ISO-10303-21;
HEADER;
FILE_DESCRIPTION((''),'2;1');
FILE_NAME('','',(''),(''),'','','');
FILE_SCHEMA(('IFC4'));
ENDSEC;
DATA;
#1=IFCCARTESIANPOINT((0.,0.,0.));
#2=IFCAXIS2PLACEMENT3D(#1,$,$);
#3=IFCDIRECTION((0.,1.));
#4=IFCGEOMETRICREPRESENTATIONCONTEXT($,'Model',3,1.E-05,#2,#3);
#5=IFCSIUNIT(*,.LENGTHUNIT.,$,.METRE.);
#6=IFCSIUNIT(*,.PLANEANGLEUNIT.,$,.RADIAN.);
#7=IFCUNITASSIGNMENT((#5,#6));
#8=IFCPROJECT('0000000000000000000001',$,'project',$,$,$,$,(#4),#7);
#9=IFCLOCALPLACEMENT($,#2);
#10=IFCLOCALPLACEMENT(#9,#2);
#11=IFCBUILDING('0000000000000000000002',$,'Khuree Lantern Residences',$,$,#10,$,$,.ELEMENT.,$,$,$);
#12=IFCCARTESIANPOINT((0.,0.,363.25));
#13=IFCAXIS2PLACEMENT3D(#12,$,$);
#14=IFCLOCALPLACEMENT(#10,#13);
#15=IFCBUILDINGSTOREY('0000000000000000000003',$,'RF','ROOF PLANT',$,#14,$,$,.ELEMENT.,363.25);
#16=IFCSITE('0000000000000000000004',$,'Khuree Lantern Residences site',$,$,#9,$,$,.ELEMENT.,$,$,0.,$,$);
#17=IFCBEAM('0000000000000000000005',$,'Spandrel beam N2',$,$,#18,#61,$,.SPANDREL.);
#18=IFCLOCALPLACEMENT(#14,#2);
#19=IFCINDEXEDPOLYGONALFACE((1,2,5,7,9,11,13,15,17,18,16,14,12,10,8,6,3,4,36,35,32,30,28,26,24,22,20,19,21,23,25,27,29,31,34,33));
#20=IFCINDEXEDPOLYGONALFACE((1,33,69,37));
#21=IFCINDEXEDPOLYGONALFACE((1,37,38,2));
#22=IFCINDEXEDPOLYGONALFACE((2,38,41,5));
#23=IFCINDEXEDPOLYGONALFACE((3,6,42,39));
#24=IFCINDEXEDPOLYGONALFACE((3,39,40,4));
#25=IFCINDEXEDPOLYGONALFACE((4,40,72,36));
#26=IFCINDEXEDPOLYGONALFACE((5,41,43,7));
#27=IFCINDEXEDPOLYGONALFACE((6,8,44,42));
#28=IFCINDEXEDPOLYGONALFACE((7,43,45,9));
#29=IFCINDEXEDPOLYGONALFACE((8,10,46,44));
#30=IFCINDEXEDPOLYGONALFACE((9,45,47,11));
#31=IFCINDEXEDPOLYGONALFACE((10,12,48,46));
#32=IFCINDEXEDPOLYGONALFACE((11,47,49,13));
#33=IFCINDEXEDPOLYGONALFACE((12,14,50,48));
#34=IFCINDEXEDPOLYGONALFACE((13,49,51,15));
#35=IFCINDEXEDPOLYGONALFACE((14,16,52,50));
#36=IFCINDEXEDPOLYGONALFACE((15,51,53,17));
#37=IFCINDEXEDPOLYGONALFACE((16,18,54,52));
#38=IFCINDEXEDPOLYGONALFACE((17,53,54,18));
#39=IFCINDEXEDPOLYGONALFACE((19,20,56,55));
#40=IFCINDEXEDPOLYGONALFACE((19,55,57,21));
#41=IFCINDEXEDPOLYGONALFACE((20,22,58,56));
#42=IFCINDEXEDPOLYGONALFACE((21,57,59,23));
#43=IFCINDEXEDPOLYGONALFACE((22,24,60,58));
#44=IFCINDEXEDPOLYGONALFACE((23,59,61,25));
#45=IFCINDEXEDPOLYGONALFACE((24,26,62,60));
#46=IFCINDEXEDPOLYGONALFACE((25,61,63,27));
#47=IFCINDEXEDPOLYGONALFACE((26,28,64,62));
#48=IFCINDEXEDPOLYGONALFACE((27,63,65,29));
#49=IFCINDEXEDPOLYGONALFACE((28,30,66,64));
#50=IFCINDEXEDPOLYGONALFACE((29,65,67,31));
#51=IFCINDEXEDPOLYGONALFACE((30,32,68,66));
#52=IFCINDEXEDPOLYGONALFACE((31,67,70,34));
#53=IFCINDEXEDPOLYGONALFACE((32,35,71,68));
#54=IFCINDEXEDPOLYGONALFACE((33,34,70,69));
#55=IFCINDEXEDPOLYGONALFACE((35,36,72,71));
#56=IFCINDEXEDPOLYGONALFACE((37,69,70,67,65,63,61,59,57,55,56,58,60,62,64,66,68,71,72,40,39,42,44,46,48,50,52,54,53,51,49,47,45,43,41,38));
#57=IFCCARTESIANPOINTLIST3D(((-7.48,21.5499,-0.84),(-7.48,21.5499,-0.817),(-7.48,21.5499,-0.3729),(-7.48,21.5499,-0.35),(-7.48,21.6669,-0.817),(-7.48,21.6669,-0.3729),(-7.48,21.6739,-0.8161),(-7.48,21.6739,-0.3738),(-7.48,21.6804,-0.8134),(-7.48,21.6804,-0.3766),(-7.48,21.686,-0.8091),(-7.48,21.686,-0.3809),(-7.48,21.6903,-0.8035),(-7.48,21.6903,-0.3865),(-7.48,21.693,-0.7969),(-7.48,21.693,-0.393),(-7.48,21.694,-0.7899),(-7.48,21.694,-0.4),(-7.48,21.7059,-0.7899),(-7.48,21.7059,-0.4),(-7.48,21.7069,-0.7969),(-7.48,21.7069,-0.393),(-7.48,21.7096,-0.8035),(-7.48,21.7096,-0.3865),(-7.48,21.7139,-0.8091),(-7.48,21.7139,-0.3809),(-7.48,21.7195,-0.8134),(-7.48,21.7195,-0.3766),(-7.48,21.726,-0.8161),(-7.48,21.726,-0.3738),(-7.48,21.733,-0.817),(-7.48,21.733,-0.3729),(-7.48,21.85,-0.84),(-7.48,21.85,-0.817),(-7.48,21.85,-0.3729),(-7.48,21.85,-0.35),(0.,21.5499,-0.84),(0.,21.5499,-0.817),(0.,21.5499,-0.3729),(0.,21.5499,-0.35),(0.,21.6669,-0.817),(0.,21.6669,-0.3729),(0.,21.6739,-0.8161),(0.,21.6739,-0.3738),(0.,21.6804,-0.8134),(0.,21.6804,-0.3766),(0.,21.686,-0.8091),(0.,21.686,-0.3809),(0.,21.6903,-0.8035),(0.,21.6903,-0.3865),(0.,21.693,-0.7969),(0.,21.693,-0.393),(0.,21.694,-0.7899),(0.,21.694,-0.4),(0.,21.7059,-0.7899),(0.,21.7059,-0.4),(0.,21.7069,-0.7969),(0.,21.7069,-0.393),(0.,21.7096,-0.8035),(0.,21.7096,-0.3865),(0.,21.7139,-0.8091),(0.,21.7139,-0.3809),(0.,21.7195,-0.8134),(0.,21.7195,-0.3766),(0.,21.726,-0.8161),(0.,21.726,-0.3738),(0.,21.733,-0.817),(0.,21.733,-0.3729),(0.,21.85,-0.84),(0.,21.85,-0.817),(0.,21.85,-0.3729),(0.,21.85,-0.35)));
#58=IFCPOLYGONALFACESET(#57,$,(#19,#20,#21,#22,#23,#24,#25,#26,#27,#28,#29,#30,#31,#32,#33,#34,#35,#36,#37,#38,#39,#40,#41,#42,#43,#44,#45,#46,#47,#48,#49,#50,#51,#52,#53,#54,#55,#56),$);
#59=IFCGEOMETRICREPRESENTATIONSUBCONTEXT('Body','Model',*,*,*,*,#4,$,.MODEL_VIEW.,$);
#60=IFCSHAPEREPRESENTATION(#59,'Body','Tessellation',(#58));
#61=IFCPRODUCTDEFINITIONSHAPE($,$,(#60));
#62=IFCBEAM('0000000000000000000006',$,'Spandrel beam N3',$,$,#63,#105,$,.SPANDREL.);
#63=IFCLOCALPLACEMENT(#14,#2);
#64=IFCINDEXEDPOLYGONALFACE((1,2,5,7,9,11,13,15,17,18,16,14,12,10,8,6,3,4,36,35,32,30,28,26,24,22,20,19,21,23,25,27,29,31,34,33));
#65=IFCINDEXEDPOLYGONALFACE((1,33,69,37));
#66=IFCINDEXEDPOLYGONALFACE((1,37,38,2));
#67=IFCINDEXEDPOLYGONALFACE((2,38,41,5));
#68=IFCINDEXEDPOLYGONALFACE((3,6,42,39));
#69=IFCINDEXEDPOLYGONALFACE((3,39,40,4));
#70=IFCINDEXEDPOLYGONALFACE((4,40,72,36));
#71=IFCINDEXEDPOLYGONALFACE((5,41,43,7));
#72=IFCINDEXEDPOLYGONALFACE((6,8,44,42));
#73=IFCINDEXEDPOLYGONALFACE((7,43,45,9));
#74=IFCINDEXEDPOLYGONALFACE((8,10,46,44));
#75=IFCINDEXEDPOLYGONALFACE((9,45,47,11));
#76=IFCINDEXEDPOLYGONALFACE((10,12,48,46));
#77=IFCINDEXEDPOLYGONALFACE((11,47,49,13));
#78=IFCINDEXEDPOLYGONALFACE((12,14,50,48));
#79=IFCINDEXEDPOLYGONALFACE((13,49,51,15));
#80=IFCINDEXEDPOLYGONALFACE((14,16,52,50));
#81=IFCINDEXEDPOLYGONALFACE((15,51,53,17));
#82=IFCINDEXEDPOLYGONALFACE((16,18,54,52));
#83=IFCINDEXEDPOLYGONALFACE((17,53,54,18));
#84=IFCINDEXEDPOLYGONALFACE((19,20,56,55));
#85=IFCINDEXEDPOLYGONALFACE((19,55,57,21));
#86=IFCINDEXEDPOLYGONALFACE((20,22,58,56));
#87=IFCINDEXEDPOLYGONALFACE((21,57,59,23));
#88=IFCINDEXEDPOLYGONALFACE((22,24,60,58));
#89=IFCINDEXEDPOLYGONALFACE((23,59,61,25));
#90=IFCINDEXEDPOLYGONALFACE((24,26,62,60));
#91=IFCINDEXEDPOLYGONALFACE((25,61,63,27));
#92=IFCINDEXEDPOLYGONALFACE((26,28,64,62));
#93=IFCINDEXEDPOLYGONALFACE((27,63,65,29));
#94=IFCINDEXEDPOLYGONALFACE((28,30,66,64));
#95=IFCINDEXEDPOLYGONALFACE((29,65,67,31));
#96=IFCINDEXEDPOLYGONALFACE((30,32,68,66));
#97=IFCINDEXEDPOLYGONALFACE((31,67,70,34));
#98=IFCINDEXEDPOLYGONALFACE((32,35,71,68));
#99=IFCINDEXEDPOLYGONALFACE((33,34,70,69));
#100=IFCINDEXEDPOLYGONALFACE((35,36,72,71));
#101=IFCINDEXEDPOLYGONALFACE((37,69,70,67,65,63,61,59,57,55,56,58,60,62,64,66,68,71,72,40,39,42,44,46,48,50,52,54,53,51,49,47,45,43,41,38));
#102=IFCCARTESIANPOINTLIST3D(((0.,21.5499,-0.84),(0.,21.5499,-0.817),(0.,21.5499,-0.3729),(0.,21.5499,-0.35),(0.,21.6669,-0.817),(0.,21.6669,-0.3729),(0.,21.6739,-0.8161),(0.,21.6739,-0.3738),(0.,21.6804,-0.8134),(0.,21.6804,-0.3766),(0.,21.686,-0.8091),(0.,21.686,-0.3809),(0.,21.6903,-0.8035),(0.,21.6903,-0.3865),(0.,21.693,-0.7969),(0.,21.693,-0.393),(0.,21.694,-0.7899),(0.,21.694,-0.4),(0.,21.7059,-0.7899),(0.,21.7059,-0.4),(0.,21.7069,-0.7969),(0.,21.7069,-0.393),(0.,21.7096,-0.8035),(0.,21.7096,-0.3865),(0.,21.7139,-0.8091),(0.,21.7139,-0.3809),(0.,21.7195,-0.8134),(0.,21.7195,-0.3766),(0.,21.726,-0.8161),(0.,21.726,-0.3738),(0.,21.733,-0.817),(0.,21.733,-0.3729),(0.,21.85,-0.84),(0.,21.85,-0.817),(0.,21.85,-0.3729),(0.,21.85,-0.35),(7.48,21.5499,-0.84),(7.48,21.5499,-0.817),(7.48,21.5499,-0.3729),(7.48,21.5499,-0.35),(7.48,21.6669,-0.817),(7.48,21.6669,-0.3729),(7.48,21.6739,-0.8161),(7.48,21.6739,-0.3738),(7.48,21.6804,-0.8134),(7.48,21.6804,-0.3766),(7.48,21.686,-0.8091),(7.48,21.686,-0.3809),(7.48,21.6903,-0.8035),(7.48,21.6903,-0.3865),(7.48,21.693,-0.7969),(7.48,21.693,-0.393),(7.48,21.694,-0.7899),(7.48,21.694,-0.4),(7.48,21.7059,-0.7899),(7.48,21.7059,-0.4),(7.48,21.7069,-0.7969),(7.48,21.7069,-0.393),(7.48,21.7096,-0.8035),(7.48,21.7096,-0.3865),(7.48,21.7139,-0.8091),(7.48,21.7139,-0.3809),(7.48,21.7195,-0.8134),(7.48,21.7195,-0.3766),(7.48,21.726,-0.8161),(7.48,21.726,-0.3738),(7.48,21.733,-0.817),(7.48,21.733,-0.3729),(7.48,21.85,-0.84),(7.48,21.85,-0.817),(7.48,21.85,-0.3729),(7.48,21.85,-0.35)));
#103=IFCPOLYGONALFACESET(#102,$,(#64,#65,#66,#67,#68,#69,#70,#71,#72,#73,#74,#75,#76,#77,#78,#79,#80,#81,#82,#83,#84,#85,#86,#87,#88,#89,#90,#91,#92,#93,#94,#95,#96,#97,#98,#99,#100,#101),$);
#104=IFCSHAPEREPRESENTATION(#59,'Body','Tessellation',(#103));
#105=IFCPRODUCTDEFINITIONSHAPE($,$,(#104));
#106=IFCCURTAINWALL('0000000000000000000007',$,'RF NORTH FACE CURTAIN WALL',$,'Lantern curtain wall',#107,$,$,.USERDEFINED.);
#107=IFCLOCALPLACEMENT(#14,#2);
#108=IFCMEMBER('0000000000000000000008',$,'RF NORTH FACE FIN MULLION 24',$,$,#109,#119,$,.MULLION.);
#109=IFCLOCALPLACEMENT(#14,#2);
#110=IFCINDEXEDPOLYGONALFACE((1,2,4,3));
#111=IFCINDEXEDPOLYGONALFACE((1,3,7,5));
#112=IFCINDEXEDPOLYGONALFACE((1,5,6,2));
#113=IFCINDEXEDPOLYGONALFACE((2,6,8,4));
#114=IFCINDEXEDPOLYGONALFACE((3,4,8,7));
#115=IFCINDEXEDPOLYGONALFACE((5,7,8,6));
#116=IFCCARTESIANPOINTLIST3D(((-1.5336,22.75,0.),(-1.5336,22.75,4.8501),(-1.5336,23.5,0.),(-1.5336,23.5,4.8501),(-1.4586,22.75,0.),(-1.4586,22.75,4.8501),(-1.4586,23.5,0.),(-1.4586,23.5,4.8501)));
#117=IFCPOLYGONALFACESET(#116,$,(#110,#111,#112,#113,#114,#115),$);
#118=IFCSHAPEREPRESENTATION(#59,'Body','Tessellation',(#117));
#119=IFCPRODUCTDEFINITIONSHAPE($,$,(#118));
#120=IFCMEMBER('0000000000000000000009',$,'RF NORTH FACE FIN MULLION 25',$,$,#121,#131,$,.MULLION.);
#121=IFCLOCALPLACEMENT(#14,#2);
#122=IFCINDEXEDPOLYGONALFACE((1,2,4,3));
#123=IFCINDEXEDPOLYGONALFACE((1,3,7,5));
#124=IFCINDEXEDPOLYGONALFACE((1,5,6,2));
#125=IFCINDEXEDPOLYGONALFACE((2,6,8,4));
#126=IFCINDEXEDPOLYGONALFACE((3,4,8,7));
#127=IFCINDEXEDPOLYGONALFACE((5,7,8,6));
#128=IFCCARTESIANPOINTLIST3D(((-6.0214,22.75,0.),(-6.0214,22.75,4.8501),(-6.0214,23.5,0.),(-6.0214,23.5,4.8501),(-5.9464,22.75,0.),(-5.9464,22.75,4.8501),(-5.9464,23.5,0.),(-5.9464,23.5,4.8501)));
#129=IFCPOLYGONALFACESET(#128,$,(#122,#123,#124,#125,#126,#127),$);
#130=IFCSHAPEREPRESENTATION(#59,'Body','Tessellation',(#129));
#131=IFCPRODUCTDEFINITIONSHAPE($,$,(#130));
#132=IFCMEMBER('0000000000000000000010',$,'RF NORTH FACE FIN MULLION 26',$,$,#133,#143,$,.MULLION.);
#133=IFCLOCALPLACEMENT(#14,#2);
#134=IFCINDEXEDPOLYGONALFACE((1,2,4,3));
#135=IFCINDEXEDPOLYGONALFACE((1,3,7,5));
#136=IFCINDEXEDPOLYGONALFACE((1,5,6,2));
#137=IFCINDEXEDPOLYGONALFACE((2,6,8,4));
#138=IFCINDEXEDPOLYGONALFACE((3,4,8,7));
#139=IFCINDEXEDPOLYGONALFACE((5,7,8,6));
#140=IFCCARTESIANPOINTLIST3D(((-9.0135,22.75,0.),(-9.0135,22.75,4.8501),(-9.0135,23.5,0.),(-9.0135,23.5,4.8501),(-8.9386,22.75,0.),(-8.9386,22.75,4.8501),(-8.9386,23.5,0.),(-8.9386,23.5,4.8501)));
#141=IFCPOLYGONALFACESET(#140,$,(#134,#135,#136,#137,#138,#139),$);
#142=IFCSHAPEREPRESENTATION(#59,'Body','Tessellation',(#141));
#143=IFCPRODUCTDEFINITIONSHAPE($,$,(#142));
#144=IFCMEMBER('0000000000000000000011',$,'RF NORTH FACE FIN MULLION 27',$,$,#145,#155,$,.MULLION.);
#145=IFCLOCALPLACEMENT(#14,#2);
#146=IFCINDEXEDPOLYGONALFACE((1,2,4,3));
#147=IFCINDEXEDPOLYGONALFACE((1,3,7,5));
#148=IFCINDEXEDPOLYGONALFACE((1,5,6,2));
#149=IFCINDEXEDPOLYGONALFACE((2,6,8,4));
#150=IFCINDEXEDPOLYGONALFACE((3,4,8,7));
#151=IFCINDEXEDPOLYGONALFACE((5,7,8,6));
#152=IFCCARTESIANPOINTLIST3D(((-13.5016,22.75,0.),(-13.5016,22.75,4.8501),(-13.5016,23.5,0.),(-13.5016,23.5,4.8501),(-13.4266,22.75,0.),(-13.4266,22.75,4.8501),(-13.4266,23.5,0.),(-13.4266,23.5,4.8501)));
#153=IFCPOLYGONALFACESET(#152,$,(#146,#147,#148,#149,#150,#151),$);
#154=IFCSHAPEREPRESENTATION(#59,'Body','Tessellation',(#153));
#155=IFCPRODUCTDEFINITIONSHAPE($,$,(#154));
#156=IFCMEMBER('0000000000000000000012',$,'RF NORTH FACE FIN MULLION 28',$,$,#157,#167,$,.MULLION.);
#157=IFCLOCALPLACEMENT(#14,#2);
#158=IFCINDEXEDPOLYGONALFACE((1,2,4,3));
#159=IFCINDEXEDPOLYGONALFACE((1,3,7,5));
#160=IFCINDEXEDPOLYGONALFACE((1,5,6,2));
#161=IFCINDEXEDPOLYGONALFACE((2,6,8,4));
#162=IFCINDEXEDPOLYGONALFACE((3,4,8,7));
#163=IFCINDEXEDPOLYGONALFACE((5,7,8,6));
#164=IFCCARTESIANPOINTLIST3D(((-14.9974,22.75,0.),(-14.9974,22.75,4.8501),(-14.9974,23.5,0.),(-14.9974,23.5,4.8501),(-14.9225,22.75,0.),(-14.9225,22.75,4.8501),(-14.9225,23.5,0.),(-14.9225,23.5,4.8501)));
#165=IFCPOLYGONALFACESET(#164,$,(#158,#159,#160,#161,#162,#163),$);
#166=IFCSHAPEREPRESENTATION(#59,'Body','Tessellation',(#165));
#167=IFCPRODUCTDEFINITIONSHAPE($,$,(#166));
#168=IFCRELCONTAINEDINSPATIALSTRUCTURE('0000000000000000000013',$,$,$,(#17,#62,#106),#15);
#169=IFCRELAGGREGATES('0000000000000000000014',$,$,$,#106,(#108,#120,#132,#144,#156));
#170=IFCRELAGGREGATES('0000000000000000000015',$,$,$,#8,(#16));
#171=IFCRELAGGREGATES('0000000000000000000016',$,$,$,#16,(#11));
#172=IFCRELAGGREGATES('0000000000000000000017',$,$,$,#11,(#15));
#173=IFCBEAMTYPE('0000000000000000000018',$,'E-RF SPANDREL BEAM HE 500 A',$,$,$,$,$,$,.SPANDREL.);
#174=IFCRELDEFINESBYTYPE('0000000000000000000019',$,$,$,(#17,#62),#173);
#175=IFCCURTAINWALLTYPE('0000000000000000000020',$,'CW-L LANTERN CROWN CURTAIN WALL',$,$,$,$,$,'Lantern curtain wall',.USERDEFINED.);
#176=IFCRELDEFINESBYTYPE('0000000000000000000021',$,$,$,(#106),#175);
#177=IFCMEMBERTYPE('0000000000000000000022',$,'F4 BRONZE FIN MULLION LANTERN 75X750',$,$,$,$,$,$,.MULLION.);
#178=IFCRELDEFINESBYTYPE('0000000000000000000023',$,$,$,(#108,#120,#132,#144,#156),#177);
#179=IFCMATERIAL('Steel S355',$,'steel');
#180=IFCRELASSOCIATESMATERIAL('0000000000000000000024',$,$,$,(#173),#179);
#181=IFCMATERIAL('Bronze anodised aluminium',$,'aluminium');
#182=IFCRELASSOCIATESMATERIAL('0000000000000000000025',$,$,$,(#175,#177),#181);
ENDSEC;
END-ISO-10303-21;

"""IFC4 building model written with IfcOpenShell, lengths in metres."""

from ifc_helpers import new_model, si_unit, direction, frame, origin, origin_2d, place, context, subcontext, project, spatial, rectangle, i_section, extrude, material, material_profile, profile_set, type_object, element, aggregate, save


model = new_model("IFC4")

# Units and contexts
model_context = context("Model", 3, precision=1e-05, world=origin(), true_north=direction((0.0, 1.0)))
body_context = subcontext(model_context, "Body", "Model", "MODEL_VIEW")
ifc_project = project(units=[si_unit("LENGTHUNIT", "METRE"), si_unit("PLANEANGLEUNIT", "RADIAN")], contexts=[model_context])

# Site, building, storey
site_placement = place(None, origin())
site = spatial("IfcSite", under=ifc_project, at=site_placement, Name="Khuree Lantern Residences site", CompositionType="ELEMENT", RefElevation=0.0)
building_placement = place(site_placement, origin())
building = spatial("IfcBuilding", under=site, at=building_placement, Name="Khuree Lantern Residences", CompositionType="ELEMENT")
storey_placement = place(building_placement, frame((0.0, 0.0, 363.25)))
storey = spatial("IfcBuildingStorey", under=building, at=storey_placement, Name="RF", Description="ROOF PLANT", CompositionType="ELEMENT", Elevation=363.25)

# Shared definitions
ifc_material_1 = material(Name="Steel S355", Category="steel")

# Beams
ifc_material_profile_1 = material_profile(ifc_material_1, i_section(OverallWidth=0.3, OverallDepth=0.49, WebThickness=0.012, FlangeThickness=0.0229, FilletRadius=0.0271, at=origin_2d()), Name="HE 500 A")
ifc_profile_set_1 = profile_set([ifc_material_profile_1], Name="Steel S355")
beam_type_1 = type_object("IfcBeamType", Name="E-RF SPANDREL BEAM HE 500 A", PredefinedType="SPANDREL", material=ifc_profile_set_1)
for number, where, z_axis, x_axis, name in (
    (1, (-7.48, 21.7, -0.595), (1.0, 0.0, 0.0), (0.0, 1.0, 0.0), "Spandrel beam N2"),
    (2, (0.0, 21.7, -0.595), (1.0, 0.0, 0.0), (0.0, 1.0, 0.0), "Spandrel beam N3"),
):
    element("IfcBeam", number, at=place(storey_placement, frame(where, z_axis=z_axis, x_axis=x_axis)), inside=storey, type_object=beam_type_1, Name=name, PredefinedType="SPANDREL", context=body_context, shape_type="SweptSolid", body=[
        extrude(i_section(OverallWidth=0.3, OverallDepth=0.49, WebThickness=0.012, FlangeThickness=0.0229, FilletRadius=0.0271, at=origin_2d()), origin(), (0.0, 0.0, 1.0), 7.48),
    ])

# Curtain wall, members
ifc_material_2 = material(Name="Bronze anodised aluminium", Category="aluminium")
curtain_wall_type = type_object("IfcCurtainWallType", Name="CW-L LANTERN CROWN CURTAIN WALL", ElementType="Lantern curtain wall", PredefinedType="USERDEFINED", material=ifc_material_2)
curtain_wall_placement = place(storey_placement, origin())
curtain_wall = element("IfcCurtainWall", 3, at=curtain_wall_placement, inside=storey, type_object=curtain_wall_type, Name="RF NORTH FACE CURTAIN WALL", ObjectType="Lantern curtain wall", PredefinedType="USERDEFINED")
ifc_material_profile_2 = material_profile(ifc_material_2, rectangle(XDim=0.075, YDim=0.75, at=origin_2d()), Name="F4 75X750")
ifc_profile_set_2 = profile_set([ifc_material_profile_2], Name="Bronze anodised aluminium")
member_type_1 = type_object("IfcMemberType", Name="F4 BRONZE FIN MULLION LANTERN 75X750", PredefinedType="MULLION", material=ifc_profile_set_2)
member_1_placement = place(storey_placement, frame((-1.4961, 23.125, 0.0), z_axis=(0.0, 0.0, 1.0), x_axis=(-1.0, 0.0, 0.0)))
member_1 = element("IfcMember", 4, at=member_1_placement, type_object=member_type_1, Name="RF NORTH FACE FIN MULLION 24", PredefinedType="MULLION", context=body_context, shape_type="SweptSolid", body=[
    extrude(rectangle(XDim=0.075, YDim=0.75, at=origin_2d()), origin(), (0.0, 0.0, 1.0), 4.8501),
])
member_2_placement = place(storey_placement, frame((-5.9839, 23.125, 0.0), z_axis=(0.0, 0.0, 1.0), x_axis=(-1.0, 0.0, 0.0)))
member_2 = element("IfcMember", 5, at=member_2_placement, type_object=member_type_1, Name="RF NORTH FACE FIN MULLION 25", PredefinedType="MULLION", context=body_context, shape_type="SweptSolid", body=[
    extrude(rectangle(XDim=0.075, YDim=0.75, at=origin_2d()), origin(), (0.0, 0.0, 1.0), 4.8501),
])
member_3_placement = place(storey_placement, frame((-8.9761, 23.125, 0.0), z_axis=(0.0, 0.0, 1.0), x_axis=(-1.0, 0.0, 0.0)))
member_3 = element("IfcMember", 6, at=member_3_placement, type_object=member_type_1, Name="RF NORTH FACE FIN MULLION 26", PredefinedType="MULLION", context=body_context, shape_type="SweptSolid", body=[
    extrude(rectangle(XDim=0.075, YDim=0.75, at=origin_2d()), origin(), (0.0, 0.0, 1.0), 4.8501),
])
member_4_placement = place(storey_placement, frame((-13.4641, 23.125, 0.0), z_axis=(0.0, 0.0, 1.0), x_axis=(-1.0, 0.0, 0.0)))
member_4 = element("IfcMember", 7, at=member_4_placement, type_object=member_type_1, Name="RF NORTH FACE FIN MULLION 27", PredefinedType="MULLION", context=body_context, shape_type="SweptSolid", body=[
    extrude(rectangle(XDim=0.075, YDim=0.75, at=origin_2d()), origin(), (0.0, 0.0, 1.0), 4.8501),
])
member_5_placement = place(storey_placement, frame((-14.96, 23.125, 0.0), z_axis=(0.0, 0.0, 1.0), x_axis=(-1.0, 0.0, 0.0)))
member_5 = element("IfcMember", 8, at=member_5_placement, type_object=member_type_1, Name="RF NORTH FACE FIN MULLION 28", PredefinedType="MULLION", context=body_context, shape_type="SweptSolid", body=[
    extrude(rectangle(XDim=0.075, YDim=0.75, at=origin_2d()), origin(), (0.0, 0.0, 1.0), 4.8501),
])

aggregate(curtain_wall, [member_1, member_2, member_3, member_4, member_5])

save(model, "model.ifc")
